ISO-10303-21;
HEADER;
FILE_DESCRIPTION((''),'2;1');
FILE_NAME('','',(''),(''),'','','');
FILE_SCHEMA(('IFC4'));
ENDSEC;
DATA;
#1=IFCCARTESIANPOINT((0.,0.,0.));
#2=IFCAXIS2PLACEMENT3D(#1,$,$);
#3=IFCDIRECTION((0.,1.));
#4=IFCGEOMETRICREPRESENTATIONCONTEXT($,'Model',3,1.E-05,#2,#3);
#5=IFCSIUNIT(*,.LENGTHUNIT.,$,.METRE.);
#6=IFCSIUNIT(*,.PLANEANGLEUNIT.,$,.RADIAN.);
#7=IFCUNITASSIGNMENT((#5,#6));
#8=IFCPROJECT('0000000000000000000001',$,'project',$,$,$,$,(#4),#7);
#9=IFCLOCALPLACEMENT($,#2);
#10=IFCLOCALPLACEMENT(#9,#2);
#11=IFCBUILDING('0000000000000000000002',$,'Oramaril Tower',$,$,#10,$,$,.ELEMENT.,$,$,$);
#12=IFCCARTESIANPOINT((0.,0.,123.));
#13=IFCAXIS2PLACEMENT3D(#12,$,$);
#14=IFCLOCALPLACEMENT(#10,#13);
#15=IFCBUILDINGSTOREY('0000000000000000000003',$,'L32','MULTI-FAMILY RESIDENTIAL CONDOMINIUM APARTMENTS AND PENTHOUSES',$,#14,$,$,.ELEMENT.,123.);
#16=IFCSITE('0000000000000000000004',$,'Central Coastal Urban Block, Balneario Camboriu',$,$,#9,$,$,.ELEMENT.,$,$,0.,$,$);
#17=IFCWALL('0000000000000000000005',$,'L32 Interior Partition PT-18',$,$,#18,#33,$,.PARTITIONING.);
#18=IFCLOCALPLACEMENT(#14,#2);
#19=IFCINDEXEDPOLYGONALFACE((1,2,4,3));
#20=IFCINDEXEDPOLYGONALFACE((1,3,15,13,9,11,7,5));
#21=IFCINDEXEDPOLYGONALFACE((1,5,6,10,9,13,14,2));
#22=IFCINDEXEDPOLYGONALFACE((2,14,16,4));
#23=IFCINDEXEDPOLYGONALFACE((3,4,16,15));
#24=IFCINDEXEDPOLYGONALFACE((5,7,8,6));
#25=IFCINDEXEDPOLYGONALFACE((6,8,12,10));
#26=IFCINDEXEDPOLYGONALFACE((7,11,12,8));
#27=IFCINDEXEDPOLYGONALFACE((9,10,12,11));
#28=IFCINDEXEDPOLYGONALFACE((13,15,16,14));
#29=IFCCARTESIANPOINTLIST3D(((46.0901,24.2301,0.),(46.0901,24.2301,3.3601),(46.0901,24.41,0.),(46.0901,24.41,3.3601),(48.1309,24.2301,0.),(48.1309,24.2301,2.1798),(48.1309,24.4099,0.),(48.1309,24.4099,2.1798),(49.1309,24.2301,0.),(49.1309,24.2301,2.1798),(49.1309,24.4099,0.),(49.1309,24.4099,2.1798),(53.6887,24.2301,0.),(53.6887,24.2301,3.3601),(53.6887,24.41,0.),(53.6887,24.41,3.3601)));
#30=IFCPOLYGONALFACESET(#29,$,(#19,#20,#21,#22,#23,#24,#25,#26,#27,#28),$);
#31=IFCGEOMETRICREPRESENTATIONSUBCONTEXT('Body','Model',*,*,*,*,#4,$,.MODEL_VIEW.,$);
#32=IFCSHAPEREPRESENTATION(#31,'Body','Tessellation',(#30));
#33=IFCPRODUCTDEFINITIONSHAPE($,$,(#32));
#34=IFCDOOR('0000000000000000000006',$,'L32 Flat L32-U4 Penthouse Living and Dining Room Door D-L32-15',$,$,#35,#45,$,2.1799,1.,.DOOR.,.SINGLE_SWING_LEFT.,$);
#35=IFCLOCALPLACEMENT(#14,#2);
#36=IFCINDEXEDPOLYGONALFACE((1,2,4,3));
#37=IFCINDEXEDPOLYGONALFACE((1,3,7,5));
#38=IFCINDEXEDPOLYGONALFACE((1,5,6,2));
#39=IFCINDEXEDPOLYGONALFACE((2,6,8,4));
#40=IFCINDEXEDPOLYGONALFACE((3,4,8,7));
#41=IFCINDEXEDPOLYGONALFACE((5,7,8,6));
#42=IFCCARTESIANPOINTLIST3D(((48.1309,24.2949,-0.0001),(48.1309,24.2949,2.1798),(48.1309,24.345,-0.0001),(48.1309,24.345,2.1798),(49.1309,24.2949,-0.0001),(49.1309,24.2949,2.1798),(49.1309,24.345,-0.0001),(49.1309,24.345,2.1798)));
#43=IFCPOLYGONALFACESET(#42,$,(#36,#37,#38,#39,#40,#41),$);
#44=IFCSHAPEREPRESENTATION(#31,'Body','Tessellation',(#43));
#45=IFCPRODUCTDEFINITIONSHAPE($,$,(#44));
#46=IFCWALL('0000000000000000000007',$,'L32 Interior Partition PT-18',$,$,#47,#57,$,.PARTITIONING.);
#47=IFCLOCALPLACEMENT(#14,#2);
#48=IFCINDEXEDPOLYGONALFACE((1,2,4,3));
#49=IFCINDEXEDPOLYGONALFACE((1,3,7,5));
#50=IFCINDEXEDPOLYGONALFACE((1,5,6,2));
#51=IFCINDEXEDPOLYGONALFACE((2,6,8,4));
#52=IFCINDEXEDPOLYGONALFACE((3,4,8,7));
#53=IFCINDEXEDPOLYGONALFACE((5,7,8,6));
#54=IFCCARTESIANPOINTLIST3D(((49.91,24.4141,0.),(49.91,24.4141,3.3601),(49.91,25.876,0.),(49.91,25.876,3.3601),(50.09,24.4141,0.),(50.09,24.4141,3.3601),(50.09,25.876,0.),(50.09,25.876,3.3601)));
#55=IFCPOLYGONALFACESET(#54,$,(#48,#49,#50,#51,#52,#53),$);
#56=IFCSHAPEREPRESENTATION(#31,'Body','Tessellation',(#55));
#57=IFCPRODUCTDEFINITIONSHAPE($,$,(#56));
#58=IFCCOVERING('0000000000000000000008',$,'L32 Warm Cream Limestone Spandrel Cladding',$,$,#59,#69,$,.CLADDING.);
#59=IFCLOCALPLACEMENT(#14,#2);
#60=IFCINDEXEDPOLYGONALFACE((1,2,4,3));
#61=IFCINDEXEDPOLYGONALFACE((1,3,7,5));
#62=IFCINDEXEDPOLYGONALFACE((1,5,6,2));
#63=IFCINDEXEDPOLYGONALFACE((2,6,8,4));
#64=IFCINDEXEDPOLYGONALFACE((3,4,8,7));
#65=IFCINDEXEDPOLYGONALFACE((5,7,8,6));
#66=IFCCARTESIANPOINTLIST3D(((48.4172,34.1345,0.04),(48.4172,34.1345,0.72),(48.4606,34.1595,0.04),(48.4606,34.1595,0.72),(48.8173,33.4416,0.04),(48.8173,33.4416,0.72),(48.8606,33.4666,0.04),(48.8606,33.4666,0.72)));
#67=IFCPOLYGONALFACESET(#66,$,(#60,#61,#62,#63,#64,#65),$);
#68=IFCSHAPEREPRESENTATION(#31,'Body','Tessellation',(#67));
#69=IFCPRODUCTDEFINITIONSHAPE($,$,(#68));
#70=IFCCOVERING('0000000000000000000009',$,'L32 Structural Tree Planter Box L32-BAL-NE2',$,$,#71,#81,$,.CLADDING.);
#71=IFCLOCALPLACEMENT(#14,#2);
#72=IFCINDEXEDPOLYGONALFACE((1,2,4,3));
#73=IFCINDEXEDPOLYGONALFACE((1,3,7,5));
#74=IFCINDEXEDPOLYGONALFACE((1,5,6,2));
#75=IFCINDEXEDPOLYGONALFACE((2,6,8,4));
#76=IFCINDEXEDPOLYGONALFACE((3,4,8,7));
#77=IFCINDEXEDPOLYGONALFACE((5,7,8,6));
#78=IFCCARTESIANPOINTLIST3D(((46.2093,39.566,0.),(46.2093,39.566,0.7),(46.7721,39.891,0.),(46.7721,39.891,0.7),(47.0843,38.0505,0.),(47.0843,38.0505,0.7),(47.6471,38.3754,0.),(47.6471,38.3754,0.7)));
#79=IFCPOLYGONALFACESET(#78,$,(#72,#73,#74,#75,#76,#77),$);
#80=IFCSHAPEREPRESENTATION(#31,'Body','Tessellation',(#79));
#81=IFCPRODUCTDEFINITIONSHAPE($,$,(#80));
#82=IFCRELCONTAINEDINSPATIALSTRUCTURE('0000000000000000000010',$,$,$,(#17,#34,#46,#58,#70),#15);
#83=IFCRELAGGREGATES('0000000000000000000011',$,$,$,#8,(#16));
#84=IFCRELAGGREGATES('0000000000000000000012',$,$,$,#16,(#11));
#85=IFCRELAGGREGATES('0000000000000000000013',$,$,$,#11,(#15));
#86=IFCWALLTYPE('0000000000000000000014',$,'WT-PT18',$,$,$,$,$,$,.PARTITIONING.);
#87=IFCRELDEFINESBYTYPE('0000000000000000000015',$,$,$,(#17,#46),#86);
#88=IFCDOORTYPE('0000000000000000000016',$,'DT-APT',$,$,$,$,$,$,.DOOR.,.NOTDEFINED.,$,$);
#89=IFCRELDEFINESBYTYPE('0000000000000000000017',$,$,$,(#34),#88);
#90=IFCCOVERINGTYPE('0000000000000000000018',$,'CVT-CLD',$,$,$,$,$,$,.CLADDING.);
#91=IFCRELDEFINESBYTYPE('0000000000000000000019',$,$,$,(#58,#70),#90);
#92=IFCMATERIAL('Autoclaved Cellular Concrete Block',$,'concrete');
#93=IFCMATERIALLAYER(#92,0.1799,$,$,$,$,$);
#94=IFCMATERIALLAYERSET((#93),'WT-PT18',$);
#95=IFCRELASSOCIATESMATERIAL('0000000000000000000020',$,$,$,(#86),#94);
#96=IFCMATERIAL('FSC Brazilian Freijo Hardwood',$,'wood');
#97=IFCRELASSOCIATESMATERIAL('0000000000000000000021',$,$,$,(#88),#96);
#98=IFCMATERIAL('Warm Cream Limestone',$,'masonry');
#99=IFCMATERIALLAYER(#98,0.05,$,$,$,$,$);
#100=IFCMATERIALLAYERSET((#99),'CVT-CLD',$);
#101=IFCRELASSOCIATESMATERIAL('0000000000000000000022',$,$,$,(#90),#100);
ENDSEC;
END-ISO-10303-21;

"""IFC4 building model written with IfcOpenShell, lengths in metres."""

from ifc_helpers import new_model, si_unit, direction, frame, frame_2d, origin, origin_2d, place, context, subcontext, project, spatial, rectangle, extrude, material, layer, layer_set, type_object, element, fill, save


model = new_model("IFC4")

# Units and contexts
model_context = context("Model", 3, precision=1e-05, world=origin(), true_north=direction((0.0, 1.0)))
body_context = subcontext(model_context, "Body", "Model", "MODEL_VIEW")
ifc_project = project(units=[si_unit("LENGTHUNIT", "METRE"), si_unit("PLANEANGLEUNIT", "RADIAN")], contexts=[model_context])

# Site, building, storey
site_placement = place(None, origin())
site = spatial("IfcSite", under=ifc_project, at=site_placement, Name="Central Coastal Urban Block, Balneario Camboriu", CompositionType="ELEMENT", RefElevation=0.0)
building_placement = place(site_placement, origin())
building = spatial("IfcBuilding", under=site, at=building_placement, Name="Oramaril Tower", CompositionType="ELEMENT")
storey_placement = place(building_placement, frame((0.0, 0.0, 123.0)))
storey = spatial("IfcBuildingStorey", under=building, at=storey_placement, Name="L32", Description="MULTI-FAMILY RESIDENTIAL CONDOMINIUM APARTMENTS AND PENTHOUSES", CompositionType="ELEMENT", Elevation=123.0)

# Wall, opening, door
ifc_material_1 = material(Name="Autoclaved Cellular Concrete Block", Category="concrete")
ifc_layer_1 = layer(ifc_material_1, 0.1799)
ifc_layer_set_1 = layer_set([ifc_layer_1], Name="WT-PT18")
wall_type_1 = type_object("IfcWallType", Name="WT-PT18", PredefinedType="PARTITIONING", material=ifc_layer_set_1)
wall_1_placement = place(storey_placement, frame((46.0901, 24.3201, 0.0), z_axis=(0.0, 0.0, 1.0), x_axis=(1.0, 0.0, 0.0)))
wall_1 = element("IfcWall", 1, at=wall_1_placement, inside=storey, type_object=wall_type_1, Name="L32 Interior Partition PT-18", PredefinedType="PARTITIONING", context=body_context, shape_type="SweptSolid", body=[
    extrude(rectangle(XDim=7.5986, YDim=0.1799, at=frame_2d((3.7993, 0.0))), origin(), (0.0, 0.0, 1.0), 3.3601),
])
opening_1_placement = place(wall_1_placement, frame((2.0408, 0.0, 0.0)))
opening_1 = element("IfcOpeningElement", 2, at=opening_1_placement, cuts=wall_1, PredefinedType="OPENING", context=body_context, shape_type="SweptSolid", body=[
    extrude(rectangle(XDim=1.0, YDim=2.1799, at=frame_2d((0.5, 1.0898))), frame((0.0, 0.0898, 0.0), z_axis=(0.0, -1.0, 0.0), x_axis=(1.0, 0.0, 0.0)), (0.0, 0.0, 1.0), 0.1799),
])
ifc_material_2 = material(Name="FSC Brazilian Freijo Hardwood", Category="wood")
door_type_1 = type_object("IfcDoorType", Name="DT-APT", OperationType="NOTDEFINED", PredefinedType="DOOR", material=ifc_material_2)
door_1_placement = place(opening_1_placement, origin())
door_1 = element("IfcDoor", 3, at=door_1_placement, inside=storey, type_object=door_type_1, Name="L32 Flat L32-U4 Penthouse Living and Dining Room Door D-L32-15", OperationType="SINGLE_SWING_LEFT", OverallHeight=2.1799, OverallWidth=1.0, PredefinedType="DOOR", context=body_context, shape_type="SweptSolid", body=[
    extrude(rectangle(XDim=1.0, YDim=2.1799, at=frame_2d((0.5, 1.0898))), frame((0.0, 0.0249, 0.0), z_axis=(0.0, -1.0, 0.0), x_axis=(1.0, 0.0, 0.0)), (0.0, 0.0, 1.0), 0.05),
])
fill(opening_1, door_1)

# Wall
wall_2_placement = place(storey_placement, frame((50.0, 24.4141, 0.0), z_axis=(0.0, 0.0, 1.0), x_axis=(0.0, 1.0, 0.0)))
element("IfcWall", 4, at=wall_2_placement, inside=storey, type_object=wall_type_1, Name="L32 Interior Partition PT-18", PredefinedType="PARTITIONING", context=body_context, shape_type="SweptSolid", body=[
    extrude(rectangle(XDim=1.4619, YDim=0.1799, at=frame_2d((0.731, 0.0))), origin(), (0.0, 0.0, 1.0), 3.3601),
])

# Coverings
ifc_material_3 = material(Name="Warm Cream Limestone", Category="masonry")
ifc_layer_2 = layer(ifc_material_3, 0.05)
ifc_layer_set_2 = layer_set([ifc_layer_2], Name="CVT-CLD")
covering_type = type_object("IfcCoveringType", Name="CVT-CLD", PredefinedType="CLADDING", material=ifc_layer_set_2)
covering_1_placement = place(storey_placement, frame((48.6389, 33.8005, 0.04), z_axis=(0.0, 0.0, 1.0), x_axis=(-0.499998, 0.866026, 0.0)))
element("IfcCovering", 5, at=covering_1_placement, inside=storey, type_object=covering_type, Name="L32 Warm Cream Limestone Spandrel Cladding", PredefinedType="CLADDING", context=body_context, shape_type="SweptSolid", body=[
    extrude(rectangle(XDim=0.8, YDim=0.05, at=origin_2d()), origin(), (0.0, 0.0, 1.0), 0.6799),
])
covering_2_placement = place(storey_placement, frame((46.9282, 38.9707, 0.0), z_axis=(0.0, 0.0, 1.0), x_axis=(-0.499998, 0.866026, 0.0)))
element("IfcCovering", 6, at=covering_2_placement, inside=storey, type_object=covering_type, Name="L32 Structural Tree Planter Box L32-BAL-NE2", PredefinedType="CLADDING", context=body_context, shape_type="SweptSolid", body=[
    extrude(rectangle(XDim=1.75, YDim=0.6499, at=origin_2d()), origin(), (0.0, 0.0, 1.0), 0.7),
])

save(model, "model.ifc")
